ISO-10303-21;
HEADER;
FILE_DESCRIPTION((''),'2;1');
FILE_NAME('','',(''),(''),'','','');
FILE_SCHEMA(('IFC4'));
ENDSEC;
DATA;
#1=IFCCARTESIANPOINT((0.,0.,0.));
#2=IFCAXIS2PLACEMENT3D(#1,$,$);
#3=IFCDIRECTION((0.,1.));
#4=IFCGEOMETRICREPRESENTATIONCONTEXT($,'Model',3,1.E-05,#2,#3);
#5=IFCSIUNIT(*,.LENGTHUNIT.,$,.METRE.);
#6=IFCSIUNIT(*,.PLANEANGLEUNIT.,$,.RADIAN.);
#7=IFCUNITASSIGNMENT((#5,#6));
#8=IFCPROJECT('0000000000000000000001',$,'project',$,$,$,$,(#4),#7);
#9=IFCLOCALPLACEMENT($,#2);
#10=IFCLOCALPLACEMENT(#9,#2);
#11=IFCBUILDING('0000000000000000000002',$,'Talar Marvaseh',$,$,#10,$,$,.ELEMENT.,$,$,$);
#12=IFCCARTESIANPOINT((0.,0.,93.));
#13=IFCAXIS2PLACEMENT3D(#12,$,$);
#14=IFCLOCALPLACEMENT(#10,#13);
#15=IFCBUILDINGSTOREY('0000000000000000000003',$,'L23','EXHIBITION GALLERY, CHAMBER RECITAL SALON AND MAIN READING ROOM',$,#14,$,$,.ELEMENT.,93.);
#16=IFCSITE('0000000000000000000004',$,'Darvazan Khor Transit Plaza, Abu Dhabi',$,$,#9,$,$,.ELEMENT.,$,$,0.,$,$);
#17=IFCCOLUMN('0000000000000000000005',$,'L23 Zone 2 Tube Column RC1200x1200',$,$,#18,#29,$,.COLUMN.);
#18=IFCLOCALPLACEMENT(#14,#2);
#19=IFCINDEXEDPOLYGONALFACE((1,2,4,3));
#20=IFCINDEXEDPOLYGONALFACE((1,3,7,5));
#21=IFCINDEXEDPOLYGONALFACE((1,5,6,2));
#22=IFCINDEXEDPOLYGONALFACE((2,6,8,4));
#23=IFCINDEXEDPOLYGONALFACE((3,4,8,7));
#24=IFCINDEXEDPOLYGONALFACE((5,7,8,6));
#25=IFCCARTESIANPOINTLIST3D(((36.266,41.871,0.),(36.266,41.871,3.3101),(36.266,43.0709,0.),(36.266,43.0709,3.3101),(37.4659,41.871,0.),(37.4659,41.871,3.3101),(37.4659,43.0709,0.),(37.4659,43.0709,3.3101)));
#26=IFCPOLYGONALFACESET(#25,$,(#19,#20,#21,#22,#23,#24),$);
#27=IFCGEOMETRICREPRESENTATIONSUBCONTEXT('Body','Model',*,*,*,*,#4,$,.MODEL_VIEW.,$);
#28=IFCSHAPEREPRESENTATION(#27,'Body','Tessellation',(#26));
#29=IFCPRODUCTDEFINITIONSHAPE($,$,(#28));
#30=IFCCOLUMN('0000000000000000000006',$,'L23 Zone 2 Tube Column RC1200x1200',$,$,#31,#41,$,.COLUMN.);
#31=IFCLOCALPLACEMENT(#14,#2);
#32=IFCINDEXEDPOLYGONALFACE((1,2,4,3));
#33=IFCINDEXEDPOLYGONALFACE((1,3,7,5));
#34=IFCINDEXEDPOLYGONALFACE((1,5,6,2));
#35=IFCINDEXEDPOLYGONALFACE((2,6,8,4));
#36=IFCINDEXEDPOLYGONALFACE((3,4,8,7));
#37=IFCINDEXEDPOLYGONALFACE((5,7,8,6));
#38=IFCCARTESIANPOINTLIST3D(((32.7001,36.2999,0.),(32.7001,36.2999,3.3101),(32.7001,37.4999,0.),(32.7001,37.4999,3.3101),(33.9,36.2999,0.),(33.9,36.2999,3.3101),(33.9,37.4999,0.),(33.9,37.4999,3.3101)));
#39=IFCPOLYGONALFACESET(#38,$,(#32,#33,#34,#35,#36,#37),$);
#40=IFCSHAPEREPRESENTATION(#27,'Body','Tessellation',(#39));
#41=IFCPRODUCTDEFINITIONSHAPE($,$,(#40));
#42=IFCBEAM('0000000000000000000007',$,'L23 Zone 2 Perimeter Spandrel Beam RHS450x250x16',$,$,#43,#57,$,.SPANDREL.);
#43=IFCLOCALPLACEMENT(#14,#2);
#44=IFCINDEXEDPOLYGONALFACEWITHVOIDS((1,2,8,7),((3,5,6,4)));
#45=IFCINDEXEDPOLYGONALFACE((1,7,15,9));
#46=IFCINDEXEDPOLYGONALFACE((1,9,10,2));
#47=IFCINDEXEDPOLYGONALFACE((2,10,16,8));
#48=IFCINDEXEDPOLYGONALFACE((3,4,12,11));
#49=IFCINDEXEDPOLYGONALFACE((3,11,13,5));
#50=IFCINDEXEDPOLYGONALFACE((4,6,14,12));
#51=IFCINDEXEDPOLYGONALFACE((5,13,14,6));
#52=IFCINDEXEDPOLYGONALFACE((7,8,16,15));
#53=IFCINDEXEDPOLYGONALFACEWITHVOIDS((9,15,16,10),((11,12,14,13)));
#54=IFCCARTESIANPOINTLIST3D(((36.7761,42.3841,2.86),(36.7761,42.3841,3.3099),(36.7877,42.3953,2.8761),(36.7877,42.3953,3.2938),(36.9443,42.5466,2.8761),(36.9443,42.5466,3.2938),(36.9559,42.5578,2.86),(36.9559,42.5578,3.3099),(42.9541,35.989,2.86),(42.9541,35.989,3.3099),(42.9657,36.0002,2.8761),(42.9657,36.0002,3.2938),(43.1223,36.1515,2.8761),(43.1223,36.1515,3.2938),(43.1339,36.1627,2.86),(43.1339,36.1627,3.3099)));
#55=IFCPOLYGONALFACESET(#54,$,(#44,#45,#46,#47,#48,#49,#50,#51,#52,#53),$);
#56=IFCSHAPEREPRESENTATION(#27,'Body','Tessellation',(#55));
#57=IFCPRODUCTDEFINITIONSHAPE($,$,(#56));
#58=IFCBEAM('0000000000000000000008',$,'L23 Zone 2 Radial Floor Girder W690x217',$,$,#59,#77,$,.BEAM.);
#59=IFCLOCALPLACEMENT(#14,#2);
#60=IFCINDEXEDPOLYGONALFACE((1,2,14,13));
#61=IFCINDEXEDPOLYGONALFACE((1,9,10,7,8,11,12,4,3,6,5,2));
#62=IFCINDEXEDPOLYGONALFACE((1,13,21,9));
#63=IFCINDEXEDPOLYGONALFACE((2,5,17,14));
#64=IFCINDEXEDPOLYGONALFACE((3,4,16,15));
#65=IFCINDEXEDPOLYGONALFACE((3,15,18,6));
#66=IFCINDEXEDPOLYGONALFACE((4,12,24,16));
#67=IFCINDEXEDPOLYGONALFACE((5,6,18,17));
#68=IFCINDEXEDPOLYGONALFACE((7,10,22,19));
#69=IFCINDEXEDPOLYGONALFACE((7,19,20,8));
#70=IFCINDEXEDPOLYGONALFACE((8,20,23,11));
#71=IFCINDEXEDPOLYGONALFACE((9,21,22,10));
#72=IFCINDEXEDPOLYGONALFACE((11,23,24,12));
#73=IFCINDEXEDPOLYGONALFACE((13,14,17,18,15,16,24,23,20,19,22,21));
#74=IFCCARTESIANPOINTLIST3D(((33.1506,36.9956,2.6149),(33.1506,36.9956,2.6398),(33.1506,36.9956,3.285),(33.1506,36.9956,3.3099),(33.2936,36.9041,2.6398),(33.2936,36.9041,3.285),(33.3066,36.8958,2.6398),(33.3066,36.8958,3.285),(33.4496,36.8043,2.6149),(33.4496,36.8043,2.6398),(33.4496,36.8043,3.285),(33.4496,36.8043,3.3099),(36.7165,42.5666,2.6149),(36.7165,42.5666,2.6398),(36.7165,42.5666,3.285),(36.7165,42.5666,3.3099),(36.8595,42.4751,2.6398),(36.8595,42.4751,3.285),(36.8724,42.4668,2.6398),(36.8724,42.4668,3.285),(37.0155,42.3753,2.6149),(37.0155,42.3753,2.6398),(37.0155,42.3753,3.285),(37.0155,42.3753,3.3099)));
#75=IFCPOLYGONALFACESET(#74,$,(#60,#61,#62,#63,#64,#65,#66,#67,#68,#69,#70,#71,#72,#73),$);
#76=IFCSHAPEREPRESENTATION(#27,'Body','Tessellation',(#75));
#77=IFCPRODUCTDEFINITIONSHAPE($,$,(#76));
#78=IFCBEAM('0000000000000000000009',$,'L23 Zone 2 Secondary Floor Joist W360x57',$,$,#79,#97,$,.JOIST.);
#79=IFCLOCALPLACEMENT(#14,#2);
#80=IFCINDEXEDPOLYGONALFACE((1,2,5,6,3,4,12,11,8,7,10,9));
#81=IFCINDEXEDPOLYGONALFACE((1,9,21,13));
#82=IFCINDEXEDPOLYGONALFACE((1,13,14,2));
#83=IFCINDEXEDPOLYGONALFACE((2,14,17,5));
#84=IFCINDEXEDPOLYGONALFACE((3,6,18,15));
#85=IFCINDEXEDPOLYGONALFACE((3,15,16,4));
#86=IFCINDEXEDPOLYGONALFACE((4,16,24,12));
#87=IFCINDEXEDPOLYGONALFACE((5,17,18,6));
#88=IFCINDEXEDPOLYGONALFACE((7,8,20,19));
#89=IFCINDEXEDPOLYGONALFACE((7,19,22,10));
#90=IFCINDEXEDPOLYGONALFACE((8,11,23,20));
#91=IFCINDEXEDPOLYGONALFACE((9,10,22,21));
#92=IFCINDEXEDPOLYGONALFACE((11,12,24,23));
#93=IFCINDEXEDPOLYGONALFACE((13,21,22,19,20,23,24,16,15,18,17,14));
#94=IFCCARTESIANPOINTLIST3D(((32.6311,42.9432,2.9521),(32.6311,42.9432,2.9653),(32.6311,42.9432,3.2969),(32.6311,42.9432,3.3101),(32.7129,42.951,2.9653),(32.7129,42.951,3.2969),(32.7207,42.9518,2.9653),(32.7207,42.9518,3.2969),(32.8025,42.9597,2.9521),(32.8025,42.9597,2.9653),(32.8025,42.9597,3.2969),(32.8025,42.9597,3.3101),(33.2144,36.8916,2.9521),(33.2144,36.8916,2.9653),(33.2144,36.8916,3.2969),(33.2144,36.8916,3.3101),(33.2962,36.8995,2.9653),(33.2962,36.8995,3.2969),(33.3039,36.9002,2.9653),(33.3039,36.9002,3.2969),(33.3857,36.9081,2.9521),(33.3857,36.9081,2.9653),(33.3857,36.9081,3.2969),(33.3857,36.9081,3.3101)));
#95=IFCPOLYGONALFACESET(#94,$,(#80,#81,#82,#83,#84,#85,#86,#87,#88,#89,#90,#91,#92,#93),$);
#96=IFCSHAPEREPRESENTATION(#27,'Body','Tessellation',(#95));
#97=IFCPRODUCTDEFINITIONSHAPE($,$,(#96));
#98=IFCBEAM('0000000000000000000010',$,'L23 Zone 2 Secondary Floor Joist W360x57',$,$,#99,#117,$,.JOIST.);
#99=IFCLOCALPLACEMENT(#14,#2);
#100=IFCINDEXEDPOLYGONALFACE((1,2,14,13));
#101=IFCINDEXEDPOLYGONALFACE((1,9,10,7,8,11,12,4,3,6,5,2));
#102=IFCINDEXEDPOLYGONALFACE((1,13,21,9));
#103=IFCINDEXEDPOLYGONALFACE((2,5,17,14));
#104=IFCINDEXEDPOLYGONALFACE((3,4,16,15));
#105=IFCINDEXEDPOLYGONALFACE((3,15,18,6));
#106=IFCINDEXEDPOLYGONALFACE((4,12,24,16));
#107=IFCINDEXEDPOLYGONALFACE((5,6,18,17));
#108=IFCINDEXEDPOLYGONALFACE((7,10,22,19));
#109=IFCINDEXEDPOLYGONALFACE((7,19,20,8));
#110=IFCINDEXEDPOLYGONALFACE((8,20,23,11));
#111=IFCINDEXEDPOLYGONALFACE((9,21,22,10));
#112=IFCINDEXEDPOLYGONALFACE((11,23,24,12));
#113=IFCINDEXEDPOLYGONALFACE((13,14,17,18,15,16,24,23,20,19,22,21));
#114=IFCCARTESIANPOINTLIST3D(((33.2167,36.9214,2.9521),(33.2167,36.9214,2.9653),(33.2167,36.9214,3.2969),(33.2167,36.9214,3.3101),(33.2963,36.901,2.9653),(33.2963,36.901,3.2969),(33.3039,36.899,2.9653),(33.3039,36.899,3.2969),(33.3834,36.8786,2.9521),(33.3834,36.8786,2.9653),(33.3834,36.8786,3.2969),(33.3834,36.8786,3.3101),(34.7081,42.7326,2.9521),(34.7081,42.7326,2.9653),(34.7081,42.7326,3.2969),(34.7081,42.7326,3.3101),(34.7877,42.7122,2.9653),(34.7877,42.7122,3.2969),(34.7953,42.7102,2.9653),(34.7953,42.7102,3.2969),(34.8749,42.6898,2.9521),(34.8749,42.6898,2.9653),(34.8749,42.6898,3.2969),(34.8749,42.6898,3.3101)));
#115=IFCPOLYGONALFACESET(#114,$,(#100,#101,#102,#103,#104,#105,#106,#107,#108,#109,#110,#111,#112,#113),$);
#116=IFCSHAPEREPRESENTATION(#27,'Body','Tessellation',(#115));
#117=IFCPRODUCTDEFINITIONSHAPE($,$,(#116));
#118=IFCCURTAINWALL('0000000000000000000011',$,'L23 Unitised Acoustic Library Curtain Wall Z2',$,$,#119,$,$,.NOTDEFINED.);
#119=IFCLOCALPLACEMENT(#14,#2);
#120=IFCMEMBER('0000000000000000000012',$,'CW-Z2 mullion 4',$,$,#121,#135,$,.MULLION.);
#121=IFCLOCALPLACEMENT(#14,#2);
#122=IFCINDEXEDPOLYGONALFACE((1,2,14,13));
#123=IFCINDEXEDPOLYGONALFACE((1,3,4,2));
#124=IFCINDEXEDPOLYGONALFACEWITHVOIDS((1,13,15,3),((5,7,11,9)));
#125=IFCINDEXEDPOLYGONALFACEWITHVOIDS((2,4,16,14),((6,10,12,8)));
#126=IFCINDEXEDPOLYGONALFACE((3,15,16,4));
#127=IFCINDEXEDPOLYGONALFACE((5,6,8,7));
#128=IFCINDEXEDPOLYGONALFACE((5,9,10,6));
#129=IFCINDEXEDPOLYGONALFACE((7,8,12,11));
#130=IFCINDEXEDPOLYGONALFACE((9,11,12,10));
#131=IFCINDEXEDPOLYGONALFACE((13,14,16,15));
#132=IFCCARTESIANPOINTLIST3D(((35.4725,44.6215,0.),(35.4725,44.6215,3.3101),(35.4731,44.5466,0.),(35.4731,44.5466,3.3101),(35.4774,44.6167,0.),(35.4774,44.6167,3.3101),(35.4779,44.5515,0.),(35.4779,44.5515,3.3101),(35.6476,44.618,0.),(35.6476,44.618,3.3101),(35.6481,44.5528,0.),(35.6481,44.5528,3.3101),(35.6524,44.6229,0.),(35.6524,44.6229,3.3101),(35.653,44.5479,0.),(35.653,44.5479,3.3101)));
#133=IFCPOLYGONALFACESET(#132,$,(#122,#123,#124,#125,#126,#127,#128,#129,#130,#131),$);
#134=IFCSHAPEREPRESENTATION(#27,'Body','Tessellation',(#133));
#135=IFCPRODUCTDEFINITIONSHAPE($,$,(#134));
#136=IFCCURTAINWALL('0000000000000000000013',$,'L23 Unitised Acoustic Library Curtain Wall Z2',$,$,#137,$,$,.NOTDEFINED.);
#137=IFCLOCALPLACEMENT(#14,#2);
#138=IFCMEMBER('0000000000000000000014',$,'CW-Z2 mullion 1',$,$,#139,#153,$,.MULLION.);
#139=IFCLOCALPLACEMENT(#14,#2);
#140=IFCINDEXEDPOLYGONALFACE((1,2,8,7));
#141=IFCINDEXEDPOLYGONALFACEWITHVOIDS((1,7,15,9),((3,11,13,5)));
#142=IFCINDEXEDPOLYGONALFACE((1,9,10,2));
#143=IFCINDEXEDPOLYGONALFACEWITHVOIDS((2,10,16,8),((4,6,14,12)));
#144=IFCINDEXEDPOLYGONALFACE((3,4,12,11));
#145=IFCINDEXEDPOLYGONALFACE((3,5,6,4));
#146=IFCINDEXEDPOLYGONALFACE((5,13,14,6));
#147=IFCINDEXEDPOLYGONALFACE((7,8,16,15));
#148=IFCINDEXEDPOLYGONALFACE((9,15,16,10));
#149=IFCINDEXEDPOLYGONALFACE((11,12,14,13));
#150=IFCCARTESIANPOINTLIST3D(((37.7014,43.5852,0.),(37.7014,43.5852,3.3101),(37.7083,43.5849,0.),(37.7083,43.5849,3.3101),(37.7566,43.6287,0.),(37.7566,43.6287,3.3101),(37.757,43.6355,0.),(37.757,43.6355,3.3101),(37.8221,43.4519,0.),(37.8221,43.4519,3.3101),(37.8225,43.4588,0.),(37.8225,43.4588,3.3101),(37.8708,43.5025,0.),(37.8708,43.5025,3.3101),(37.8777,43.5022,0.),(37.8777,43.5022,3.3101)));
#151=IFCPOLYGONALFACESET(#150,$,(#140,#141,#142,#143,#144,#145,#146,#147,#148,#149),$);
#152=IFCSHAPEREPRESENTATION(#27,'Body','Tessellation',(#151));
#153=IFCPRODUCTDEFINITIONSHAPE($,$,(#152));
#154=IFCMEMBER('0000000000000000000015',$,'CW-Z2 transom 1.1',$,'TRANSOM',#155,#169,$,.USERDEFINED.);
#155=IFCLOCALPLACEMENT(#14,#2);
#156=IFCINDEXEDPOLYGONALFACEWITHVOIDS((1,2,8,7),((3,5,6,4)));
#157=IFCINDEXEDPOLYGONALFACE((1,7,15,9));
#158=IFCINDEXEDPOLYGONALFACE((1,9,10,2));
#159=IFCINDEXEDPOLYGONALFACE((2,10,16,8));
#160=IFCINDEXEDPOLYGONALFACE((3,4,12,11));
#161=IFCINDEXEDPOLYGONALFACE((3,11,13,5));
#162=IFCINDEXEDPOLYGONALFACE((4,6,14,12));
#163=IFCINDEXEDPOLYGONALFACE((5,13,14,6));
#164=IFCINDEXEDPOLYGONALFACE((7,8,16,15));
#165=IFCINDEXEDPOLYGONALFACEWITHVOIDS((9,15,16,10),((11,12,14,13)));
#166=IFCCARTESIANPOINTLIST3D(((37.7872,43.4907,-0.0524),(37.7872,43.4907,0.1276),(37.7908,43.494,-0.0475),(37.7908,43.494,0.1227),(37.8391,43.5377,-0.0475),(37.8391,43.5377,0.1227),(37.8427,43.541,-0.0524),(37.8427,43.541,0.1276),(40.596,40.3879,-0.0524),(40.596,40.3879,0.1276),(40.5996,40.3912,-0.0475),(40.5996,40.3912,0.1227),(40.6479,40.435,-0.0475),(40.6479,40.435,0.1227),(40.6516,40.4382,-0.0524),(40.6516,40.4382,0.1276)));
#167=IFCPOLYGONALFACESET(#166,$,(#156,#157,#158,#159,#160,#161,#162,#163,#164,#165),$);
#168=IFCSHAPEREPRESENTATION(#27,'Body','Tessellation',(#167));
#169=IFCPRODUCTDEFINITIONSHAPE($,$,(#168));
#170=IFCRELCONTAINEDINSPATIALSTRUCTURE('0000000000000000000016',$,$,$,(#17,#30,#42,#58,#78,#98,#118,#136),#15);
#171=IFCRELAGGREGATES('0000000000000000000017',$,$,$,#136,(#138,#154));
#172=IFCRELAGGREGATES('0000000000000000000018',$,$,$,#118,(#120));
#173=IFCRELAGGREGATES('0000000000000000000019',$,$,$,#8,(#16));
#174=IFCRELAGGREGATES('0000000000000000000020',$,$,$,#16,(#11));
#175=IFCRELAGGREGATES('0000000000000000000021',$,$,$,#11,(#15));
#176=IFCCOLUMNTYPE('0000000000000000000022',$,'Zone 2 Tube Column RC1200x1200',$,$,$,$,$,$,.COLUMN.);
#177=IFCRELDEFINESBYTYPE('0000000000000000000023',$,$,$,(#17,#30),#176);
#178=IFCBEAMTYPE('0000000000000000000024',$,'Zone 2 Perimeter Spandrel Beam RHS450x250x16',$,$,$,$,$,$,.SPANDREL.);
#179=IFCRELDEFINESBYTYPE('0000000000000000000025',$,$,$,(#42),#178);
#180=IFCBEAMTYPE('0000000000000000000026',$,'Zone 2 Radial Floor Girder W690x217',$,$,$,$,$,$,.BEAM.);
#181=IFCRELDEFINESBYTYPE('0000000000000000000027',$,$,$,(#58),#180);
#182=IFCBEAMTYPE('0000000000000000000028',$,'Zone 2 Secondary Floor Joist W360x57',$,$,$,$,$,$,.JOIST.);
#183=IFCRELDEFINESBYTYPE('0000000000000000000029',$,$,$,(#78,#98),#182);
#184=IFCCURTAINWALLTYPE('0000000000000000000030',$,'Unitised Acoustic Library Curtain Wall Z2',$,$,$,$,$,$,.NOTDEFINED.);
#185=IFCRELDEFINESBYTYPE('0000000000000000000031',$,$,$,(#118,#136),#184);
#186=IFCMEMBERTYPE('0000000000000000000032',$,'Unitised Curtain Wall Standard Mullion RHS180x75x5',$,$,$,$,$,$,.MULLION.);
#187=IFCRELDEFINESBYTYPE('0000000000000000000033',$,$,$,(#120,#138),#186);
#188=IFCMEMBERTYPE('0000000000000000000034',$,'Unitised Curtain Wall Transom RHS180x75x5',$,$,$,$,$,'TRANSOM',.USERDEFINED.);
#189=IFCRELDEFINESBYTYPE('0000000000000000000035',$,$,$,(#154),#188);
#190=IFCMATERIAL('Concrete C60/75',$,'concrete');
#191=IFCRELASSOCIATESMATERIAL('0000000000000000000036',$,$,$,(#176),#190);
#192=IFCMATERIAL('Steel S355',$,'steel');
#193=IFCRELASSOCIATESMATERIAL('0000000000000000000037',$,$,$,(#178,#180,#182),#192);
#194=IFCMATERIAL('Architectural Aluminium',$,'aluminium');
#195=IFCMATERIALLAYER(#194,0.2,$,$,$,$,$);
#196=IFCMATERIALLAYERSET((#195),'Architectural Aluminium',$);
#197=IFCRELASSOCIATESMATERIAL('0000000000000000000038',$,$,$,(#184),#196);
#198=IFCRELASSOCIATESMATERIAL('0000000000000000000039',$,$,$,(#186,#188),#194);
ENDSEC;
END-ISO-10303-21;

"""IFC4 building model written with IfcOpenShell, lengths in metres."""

from ifc_helpers import new_model, si_unit, direction, frame, origin, origin_2d, place, context, subcontext, project, spatial, rectangle, hollow_rectangle, i_section, extrude, source, transform, mapped, material, layer, layer_set, material_profile, profile_set, type_object, type_shapes, element, aggregate, save


model = new_model("IFC4")

# Units and contexts
model_context = context("Model", 3, precision=1e-05, world=origin(), true_north=direction((0.0, 1.0)))
body_context = subcontext(model_context, "Body", "Model", "MODEL_VIEW")
ifc_project = project(units=[si_unit("LENGTHUNIT", "METRE"), si_unit("PLANEANGLEUNIT", "RADIAN")], contexts=[model_context])

# Site, building, storey
site_placement = place(None, origin())
site = spatial("IfcSite", under=ifc_project, at=site_placement, Name="Darvazan Khor Transit Plaza, Abu Dhabi", CompositionType="ELEMENT", RefElevation=0.0)
building_placement = place(site_placement, origin())
building = spatial("IfcBuilding", under=site, at=building_placement, Name="Talar Marvaseh", CompositionType="ELEMENT")
storey_placement = place(building_placement, frame((0.0, 0.0, 93.0)))
storey = spatial("IfcBuildingStorey", under=building, at=storey_placement, Name="L23", Description="EXHIBITION GALLERY, CHAMBER RECITAL SALON AND MAIN READING ROOM", CompositionType="ELEMENT", Elevation=93.0)

# Columns
ifc_material_1 = material(Name="Concrete C60/75", Category="concrete")
ifc_material_profile_1 = material_profile(ifc_material_1, rectangle(XDim=1.2, YDim=1.2, at=origin_2d()), Name="RC1200x1200")
ifc_profile_set_1 = profile_set([ifc_material_profile_1], Name="Concrete C60/75")
column_type = type_object("IfcColumnType", Name="Zone 2 Tube Column RC1200x1200", PredefinedType="COLUMN", material=ifc_profile_set_1)
for number, where, z_axis, x_axis, name in (
    (1, (36.866, 42.4709, 0.0), (0.0, 0.0, 1.0), (1.0, 0.0, 0.0), "L23 Zone 2 Tube Column RC1200x1200"),
    (2, (33.3, 36.8999, 0.0), (0.0, 0.0, 1.0), (1.0, 0.0, 0.0), "L23 Zone 2 Tube Column RC1200x1200"),
):
    element("IfcColumn", number, at=place(storey_placement, frame(where, z_axis=z_axis, x_axis=x_axis)), inside=storey, type_object=column_type, Name=name, PredefinedType="COLUMN", context=body_context, shape_type="SweptSolid", body=[
        extrude(rectangle(XDim=1.2, YDim=1.2, at=origin_2d()), origin(), (0.0, 0.0, 1.0), 3.3101),
    ])

# Beams
ifc_material_2 = material(Name="Steel S355", Category="steel")
ifc_material_profile_2 = material_profile(ifc_material_2, hollow_rectangle(XDim=0.25, YDim=0.45, WallThickness=0.0161, at=origin_2d()), Name="RHS450x250x16")
ifc_profile_set_2 = profile_set([ifc_material_profile_2], Name="Steel S355")
beam_type_1 = type_object("IfcBeamType", Name="Zone 2 Perimeter Spandrel Beam RHS450x250x16", PredefinedType="SPANDREL", material=ifc_profile_set_2)
beam_1_placement = place(storey_placement, frame((36.866, 42.4709, 3.085), z_axis=(0.694797, -0.719206, 0.0), x_axis=(0.719206, 0.694797, 0.0)))
element("IfcBeam", 3, at=beam_1_placement, inside=storey, type_object=beam_type_1, Name="L23 Zone 2 Perimeter Spandrel Beam RHS450x250x16", PredefinedType="SPANDREL", context=body_context, shape_type="SweptSolid", body=[
    extrude(hollow_rectangle(XDim=0.25, YDim=0.45, WallThickness=0.0161, at=origin_2d()), origin(), (0.0, 0.0, 1.0), 8.8918),
])
ifc_material_profile_3 = material_profile(ifc_material_2, i_section(OverallWidth=0.355, OverallDepth=0.6951, WebThickness=0.0154, FlangeThickness=0.0249, at=origin_2d()), Name="W690x217")
ifc_profile_set_3 = profile_set([ifc_material_profile_3], Name="Steel S355")
beam_type_2 = type_object("IfcBeamType", Name="Zone 2 Radial Floor Girder W690x217", PredefinedType="BEAM", material=ifc_profile_set_3)
beam_2_placement = place(storey_placement, frame((36.866, 42.4709, 2.9624), z_axis=(-0.539102, -0.842241, 0.0), x_axis=(0.842241, -0.539102, 0.0)))
element("IfcBeam", 4, at=beam_2_placement, inside=storey, type_object=beam_type_2, Name="L23 Zone 2 Radial Floor Girder W690x217", PredefinedType="BEAM", context=body_context, shape_type="SweptSolid", body=[
    extrude(i_section(OverallWidth=0.355, OverallDepth=0.6951, WebThickness=0.0154, FlangeThickness=0.0249, at=origin_2d()), origin(), (0.0, 0.0, 1.0), 6.6145),
])
ifc_material_profile_4 = material_profile(ifc_material_2, i_section(OverallWidth=0.1721, OverallDepth=0.3579, WebThickness=0.0078, FlangeThickness=0.0132, at=origin_2d()), Name="W360x57")
ifc_profile_set_4 = profile_set([ifc_material_profile_4], Name="Steel S355")
beam_type_3 = type_object("IfcBeamType", Name="Zone 2 Secondary Floor Joist W360x57", PredefinedType="JOIST", material=ifc_profile_set_4)
beam_3_placement = place(storey_placement, frame((32.7168, 42.9514, 3.1311), z_axis=(0.095937, -0.995387, 0.0), x_axis=(0.995387, 0.095937, 0.0)))
element("IfcBeam", 5, at=beam_3_placement, inside=storey, type_object=beam_type_3, Name="L23 Zone 2 Secondary Floor Joist W360x57", PredefinedType="JOIST", context=body_context, shape_type="SweptSolid", body=[
    extrude(i_section(OverallWidth=0.1721, OverallDepth=0.3579, WebThickness=0.0078, FlangeThickness=0.0132, at=origin_2d()), origin(), (0.0, 0.0, 1.0), 6.0796),
])
beam_4_placement = place(storey_placement, frame((34.7915, 42.7112, 3.1311), z_axis=(-0.248592, -0.968608, 0.0), x_axis=(0.968608, -0.248592, 0.0)))
element("IfcBeam", 6, at=beam_4_placement, inside=storey, type_object=beam_type_3, Name="L23 Zone 2 Secondary Floor Joist W360x57", PredefinedType="JOIST", context=body_context, shape_type="SweptSolid", body=[
    extrude(i_section(OverallWidth=0.1721, OverallDepth=0.3579, WebThickness=0.0078, FlangeThickness=0.0132, at=origin_2d()), origin(), (0.0, 0.0, 1.0), 5.9995),
])

# Curtain wall, member
ifc_material_3 = material(Name="Architectural Aluminium", Category="aluminium")
ifc_layer_1 = layer(ifc_material_3, 0.2)
ifc_layer_set_1 = layer_set([ifc_layer_1], Name="Architectural Aluminium")
curtain_wall_type = type_object("IfcCurtainWallType", Name="Unitised Acoustic Library Curtain Wall Z2", PredefinedType="NOTDEFINED", material=ifc_layer_set_1)
curtain_wall_1_placement = place(storey_placement, origin())
curtain_wall_1 = element("IfcCurtainWall", 7, at=curtain_wall_1_placement, inside=storey, type_object=curtain_wall_type, Name="L23 Unitised Acoustic Library Curtain Wall Z2", PredefinedType="NOTDEFINED")
ifc_material_profile_5 = material_profile(ifc_material_3, hollow_rectangle(XDim=0.075, YDim=0.1799, WallThickness=0.0049, at=origin_2d()), Name="RHS180x75x5")
ifc_profile_set_5 = profile_set([ifc_material_profile_5], Name="Architectural Aluminium")
member_type_1 = type_object("IfcMemberType", Name="Unitised Curtain Wall Standard Mullion RHS180x75x5", PredefinedType="MULLION", material=ifc_profile_set_5)
shared_shape_1 = source(origin(), body_context, "Body", "SweptSolid", [
    extrude(hollow_rectangle(XDim=0.075, YDim=0.1799, WallThickness=0.0049, at=origin_2d()), origin(), (0.0, 0.0, 1.0), 3.3101),
])
type_shapes(member_type_1, [shared_shape_1])
member_1_placement = place(storey_placement, frame((35.5627, 44.5847, 0.0), z_axis=(0.0, 0.0, 1.0), x_axis=(-0.007544, 0.999972, 0.0)))
member_1 = element("IfcMember", 8, at=member_1_placement, type_object=member_type_1, Name="CW-Z2 mullion 4", PredefinedType="MULLION", context=body_context, shape_type="MappedRepresentation", body=[
    mapped(shared_shape_1, transform((0.0, 0.0, 0.0), x_axis=(1.0, 0.0, 0.0), y_axis=(0.0, 1.0, 0.0), z_axis=(0.0, 0.0, 1.0), scale=1.0)),
])

# Curtain wall, members
curtain_wall_2_placement = place(storey_placement, origin())
curtain_wall_2 = element("IfcCurtainWall", 9, at=curtain_wall_2_placement, inside=storey, type_object=curtain_wall_type, Name="L23 Unitised Acoustic Library Curtain Wall Z2", PredefinedType="NOTDEFINED")
member_2_placement = place(storey_placement, frame((37.7896, 43.5437, 0.0), z_axis=(0.0, 0.0, 1.0), x_axis=(0.741347, 0.671122, 0.0)))
member_2 = element("IfcMember", 10, at=member_2_placement, type_object=member_type_1, Name="CW-Z2 mullion 1", PredefinedType="MULLION", context=body_context, shape_type="MappedRepresentation", body=[
    mapped(shared_shape_1, transform((0.0, 0.0, 0.0), x_axis=(1.0, 0.0, 0.0), y_axis=(0.0, 1.0, 0.0), z_axis=(0.0, 0.0, 1.0), scale=1.0)),
])
ifc_material_profile_6 = material_profile(ifc_material_3, hollow_rectangle(XDim=0.075, YDim=0.1799, WallThickness=0.0049, at=origin_2d()), Name="RHS180x75x5")
ifc_profile_set_6 = profile_set([ifc_material_profile_6], Name="Architectural Aluminium")
member_type_2 = type_object("IfcMemberType", Name="Unitised Curtain Wall Transom RHS180x75x5", ElementType="TRANSOM", PredefinedType="USERDEFINED", material=ifc_profile_set_6)
shared_shape_2 = source(origin(), body_context, "Body", "SweptSolid", [
    extrude(hollow_rectangle(XDim=0.075, YDim=0.1799, WallThickness=0.0049, at=origin_2d()), origin(), (0.0, 0.0, 1.0), 4.1853),
])
type_shapes(member_type_2, [shared_shape_2])
member_3_placement = place(storey_placement, frame((37.8149, 43.5159, 0.0376), z_axis=(0.671118, -0.741351, 0.0), x_axis=(0.741351, 0.671118, 0.0)))
member_3 = element("IfcMember", 11, at=member_3_placement, type_object=member_type_2, Name="CW-Z2 transom 1.1", ObjectType="TRANSOM", PredefinedType="USERDEFINED", context=body_context, shape_type="MappedRepresentation", body=[
    mapped(shared_shape_2, transform((0.0, 0.0, 0.0), x_axis=(1.0, 0.0, 0.0), y_axis=(0.0, 1.0, 0.0), z_axis=(0.0, 0.0, 1.0), scale=1.0)),
])
aggregate(curtain_wall_2, [member_2, member_3])

aggregate(curtain_wall_1, [member_1])

save(model, "model.ifc")
